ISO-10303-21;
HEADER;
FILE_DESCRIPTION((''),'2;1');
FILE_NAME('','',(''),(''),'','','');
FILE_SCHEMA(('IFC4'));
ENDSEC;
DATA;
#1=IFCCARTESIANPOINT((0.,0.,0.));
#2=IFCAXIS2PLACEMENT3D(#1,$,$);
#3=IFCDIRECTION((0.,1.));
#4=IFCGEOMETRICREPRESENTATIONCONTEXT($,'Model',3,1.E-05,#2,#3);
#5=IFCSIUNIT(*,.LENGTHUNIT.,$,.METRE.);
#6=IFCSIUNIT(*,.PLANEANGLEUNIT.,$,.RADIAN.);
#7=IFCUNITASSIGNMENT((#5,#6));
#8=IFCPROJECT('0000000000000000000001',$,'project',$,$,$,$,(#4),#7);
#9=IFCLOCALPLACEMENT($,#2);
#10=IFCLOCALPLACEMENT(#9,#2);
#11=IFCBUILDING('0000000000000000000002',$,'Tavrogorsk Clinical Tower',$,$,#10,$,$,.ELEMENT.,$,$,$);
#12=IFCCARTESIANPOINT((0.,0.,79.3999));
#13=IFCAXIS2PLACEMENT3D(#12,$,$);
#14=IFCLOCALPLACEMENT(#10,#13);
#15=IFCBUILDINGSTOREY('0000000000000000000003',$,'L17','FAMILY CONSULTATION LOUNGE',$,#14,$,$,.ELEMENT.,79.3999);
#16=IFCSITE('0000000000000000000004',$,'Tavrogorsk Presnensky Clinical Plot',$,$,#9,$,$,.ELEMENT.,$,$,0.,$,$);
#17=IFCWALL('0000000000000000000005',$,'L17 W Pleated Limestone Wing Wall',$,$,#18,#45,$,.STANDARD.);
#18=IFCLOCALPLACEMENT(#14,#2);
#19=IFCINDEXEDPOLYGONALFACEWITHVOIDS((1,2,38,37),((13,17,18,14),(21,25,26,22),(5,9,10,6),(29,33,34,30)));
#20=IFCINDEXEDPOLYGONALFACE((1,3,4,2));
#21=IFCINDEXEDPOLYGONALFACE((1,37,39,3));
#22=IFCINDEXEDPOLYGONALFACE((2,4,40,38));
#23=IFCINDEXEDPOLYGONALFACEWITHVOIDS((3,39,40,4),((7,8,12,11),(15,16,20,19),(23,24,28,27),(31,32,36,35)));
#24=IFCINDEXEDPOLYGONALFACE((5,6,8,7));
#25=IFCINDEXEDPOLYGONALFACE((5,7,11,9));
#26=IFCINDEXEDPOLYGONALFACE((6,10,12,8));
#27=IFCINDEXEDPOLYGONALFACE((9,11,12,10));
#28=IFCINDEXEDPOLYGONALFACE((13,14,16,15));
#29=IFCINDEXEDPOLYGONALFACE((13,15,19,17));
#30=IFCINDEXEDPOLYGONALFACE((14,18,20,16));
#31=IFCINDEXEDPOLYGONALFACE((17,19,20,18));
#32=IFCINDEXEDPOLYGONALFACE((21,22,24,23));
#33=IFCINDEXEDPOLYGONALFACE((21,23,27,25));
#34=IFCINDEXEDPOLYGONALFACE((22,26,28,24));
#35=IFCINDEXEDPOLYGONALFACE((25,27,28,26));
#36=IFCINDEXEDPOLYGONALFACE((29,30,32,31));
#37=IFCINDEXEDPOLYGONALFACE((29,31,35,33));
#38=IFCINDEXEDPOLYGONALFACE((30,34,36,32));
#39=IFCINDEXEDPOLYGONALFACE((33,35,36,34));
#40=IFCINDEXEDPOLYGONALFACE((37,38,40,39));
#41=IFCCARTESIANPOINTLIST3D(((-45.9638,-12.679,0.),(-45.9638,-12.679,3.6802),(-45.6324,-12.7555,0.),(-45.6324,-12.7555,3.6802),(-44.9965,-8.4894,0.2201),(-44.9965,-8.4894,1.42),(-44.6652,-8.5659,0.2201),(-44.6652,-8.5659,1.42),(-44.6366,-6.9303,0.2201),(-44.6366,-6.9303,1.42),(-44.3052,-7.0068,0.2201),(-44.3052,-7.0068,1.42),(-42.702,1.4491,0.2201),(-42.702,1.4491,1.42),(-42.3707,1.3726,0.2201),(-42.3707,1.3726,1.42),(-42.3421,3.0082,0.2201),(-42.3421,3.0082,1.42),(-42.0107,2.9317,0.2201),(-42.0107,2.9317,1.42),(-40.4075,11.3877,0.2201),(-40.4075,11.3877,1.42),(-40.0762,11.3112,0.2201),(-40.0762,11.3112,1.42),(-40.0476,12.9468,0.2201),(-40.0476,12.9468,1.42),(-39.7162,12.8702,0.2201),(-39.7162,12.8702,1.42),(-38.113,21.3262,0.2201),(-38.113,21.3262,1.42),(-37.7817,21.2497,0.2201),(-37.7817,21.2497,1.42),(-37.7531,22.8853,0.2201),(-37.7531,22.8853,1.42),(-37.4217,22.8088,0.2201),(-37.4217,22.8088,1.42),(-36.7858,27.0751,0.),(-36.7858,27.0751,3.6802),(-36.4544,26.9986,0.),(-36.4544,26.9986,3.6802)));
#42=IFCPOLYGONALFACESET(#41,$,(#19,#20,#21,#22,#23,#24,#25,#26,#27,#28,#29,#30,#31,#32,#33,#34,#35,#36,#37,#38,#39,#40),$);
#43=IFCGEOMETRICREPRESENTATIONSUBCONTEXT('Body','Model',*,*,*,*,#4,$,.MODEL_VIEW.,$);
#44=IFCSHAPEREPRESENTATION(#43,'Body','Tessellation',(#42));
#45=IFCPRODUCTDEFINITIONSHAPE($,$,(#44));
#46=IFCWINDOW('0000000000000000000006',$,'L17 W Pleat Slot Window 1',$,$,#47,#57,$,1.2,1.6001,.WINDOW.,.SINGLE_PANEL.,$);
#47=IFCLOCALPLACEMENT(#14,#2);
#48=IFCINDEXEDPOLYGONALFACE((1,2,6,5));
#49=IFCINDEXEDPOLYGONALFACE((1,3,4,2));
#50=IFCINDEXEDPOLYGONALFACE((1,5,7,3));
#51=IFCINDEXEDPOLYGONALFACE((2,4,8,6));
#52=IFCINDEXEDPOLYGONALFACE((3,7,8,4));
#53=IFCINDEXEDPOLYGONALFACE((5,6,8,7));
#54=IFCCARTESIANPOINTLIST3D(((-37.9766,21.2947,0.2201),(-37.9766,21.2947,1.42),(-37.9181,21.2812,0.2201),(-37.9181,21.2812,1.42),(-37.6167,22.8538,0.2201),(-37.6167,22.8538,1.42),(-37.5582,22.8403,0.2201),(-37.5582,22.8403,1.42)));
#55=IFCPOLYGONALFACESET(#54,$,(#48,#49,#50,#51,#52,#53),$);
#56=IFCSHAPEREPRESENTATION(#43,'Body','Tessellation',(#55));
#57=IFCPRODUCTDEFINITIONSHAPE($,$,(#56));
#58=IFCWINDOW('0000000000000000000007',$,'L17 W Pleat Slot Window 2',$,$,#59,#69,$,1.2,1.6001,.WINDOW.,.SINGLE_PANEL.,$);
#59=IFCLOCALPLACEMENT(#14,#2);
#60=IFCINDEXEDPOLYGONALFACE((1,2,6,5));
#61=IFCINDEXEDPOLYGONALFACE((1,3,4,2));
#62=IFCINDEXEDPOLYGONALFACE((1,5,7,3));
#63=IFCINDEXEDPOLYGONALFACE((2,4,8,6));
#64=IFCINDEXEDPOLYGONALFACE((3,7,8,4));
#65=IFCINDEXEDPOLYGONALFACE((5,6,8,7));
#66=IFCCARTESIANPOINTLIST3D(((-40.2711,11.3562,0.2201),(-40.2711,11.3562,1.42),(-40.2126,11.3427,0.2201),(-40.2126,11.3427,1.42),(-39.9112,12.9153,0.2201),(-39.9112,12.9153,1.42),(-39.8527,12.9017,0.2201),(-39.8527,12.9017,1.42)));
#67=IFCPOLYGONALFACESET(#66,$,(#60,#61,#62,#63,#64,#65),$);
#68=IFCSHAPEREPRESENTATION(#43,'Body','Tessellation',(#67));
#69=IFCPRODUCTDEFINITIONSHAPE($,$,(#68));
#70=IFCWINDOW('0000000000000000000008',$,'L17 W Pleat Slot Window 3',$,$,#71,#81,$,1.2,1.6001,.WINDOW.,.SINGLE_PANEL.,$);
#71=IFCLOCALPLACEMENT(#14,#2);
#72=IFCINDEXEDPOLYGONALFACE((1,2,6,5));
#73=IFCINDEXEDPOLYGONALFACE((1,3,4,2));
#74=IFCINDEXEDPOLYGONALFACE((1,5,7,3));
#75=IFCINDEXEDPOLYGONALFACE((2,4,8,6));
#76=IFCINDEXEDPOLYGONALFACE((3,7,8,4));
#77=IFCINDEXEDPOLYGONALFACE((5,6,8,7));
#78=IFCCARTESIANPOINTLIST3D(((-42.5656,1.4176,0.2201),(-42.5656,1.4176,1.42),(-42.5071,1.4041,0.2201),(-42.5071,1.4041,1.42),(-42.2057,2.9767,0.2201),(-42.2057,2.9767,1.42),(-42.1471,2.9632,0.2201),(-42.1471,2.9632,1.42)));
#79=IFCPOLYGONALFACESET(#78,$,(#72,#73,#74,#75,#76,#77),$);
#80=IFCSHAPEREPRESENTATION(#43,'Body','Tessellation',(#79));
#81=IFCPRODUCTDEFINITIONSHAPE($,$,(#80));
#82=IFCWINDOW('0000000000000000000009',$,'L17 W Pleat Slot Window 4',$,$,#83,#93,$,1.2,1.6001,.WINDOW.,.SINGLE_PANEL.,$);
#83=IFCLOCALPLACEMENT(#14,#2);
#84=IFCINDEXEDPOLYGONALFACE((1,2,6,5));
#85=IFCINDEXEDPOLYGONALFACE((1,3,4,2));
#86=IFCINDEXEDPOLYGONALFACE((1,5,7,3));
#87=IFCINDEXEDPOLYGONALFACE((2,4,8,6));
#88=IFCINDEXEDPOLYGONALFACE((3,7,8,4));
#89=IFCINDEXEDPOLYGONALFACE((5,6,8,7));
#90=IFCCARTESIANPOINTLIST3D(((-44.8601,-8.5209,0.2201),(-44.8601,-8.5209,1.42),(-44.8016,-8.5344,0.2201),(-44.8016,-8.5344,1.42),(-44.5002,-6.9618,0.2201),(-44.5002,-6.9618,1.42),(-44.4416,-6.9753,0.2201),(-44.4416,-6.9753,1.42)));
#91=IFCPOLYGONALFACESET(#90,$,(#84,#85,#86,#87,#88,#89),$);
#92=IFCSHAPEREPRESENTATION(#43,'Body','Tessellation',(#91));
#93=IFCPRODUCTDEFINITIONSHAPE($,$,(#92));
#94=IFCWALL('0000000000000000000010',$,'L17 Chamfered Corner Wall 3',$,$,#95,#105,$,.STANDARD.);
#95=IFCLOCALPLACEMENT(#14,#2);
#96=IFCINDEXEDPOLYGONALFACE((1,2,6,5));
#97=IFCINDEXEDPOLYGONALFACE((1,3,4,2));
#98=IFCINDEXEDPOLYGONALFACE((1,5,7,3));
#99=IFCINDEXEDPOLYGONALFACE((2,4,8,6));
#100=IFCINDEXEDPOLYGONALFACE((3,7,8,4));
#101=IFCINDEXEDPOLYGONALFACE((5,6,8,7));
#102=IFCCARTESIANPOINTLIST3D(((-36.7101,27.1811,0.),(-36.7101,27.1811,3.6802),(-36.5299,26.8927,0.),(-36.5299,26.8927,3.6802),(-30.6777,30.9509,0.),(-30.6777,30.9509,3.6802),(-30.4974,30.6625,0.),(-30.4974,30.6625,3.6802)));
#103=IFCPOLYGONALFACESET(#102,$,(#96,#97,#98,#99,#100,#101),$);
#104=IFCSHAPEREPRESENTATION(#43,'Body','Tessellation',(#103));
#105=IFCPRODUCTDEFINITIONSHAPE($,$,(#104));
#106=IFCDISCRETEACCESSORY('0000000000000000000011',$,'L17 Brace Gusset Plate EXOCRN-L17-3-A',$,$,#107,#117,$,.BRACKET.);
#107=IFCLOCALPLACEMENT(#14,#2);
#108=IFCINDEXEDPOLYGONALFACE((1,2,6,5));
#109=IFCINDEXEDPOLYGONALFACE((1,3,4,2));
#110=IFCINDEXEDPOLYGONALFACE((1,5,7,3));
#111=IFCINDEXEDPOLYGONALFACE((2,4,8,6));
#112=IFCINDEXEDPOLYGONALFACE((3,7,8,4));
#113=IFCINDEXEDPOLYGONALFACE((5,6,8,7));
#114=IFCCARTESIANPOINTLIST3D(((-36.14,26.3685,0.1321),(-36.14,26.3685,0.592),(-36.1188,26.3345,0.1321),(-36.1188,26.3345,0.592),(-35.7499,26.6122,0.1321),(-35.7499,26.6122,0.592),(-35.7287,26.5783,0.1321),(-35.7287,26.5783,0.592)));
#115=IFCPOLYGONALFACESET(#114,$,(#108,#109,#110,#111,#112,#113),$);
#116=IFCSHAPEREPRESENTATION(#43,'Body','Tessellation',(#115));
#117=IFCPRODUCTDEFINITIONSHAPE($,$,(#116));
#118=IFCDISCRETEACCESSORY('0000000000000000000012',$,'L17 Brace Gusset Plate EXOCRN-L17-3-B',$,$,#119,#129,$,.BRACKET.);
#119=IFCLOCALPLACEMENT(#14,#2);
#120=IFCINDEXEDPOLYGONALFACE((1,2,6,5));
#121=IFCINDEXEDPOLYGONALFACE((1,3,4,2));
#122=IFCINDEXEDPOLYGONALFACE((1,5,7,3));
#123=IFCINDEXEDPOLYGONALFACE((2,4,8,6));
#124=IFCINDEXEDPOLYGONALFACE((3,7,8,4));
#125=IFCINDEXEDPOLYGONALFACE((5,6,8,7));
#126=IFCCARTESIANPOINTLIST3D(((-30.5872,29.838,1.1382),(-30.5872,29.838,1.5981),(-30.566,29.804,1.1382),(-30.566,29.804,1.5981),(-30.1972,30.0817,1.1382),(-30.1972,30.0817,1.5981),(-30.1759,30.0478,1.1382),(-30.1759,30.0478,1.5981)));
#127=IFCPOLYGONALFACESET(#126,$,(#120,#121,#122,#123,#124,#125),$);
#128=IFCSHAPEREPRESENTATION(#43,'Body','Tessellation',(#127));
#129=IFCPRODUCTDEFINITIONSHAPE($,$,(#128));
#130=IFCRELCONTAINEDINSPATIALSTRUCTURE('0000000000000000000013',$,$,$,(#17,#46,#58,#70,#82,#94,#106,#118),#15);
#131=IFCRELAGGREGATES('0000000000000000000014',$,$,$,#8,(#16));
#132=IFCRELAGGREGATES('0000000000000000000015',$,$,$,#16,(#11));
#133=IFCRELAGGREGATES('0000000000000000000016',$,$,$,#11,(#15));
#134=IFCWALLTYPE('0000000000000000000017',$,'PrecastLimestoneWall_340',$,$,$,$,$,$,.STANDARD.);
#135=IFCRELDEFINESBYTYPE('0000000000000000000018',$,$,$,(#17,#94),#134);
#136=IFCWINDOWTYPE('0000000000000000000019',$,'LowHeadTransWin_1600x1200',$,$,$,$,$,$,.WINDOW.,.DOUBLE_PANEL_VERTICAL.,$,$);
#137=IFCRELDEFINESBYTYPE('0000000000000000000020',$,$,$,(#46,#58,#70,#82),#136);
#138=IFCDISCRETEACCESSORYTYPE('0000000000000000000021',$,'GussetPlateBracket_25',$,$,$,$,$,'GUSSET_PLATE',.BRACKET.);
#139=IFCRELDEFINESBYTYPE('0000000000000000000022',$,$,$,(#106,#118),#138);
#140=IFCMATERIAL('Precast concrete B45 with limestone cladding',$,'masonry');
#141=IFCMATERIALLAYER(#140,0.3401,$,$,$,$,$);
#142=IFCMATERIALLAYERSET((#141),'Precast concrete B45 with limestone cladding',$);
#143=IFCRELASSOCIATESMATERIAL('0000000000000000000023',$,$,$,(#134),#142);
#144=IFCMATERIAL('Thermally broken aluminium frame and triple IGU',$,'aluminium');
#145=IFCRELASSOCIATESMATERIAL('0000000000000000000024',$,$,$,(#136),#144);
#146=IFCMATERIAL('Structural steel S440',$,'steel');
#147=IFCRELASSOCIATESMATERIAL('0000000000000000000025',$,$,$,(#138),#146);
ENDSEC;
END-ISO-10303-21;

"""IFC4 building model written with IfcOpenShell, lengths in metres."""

from ifc_helpers import new_model, si_unit, direction, frame, frame_2d, origin, origin_2d, place, context, subcontext, project, spatial, rectangle, extrude, material, layer, layer_set, type_object, element, fill, save


model = new_model("IFC4")

# Units and contexts
model_context = context("Model", 3, precision=1e-05, world=origin(), true_north=direction((0.0, 1.0)))
body_context = subcontext(model_context, "Body", "Model", "MODEL_VIEW")
ifc_project = project(units=[si_unit("LENGTHUNIT", "METRE"), si_unit("PLANEANGLEUNIT", "RADIAN")], contexts=[model_context])

# Site, building, storey
site_placement = place(None, origin())
site = spatial("IfcSite", under=ifc_project, at=site_placement, Name="Tavrogorsk Presnensky Clinical Plot", CompositionType="ELEMENT", RefElevation=0.0)
building_placement = place(site_placement, origin())
building = spatial("IfcBuilding", under=site, at=building_placement, Name="Tavrogorsk Clinical Tower", CompositionType="ELEMENT")
storey_placement = place(building_placement, frame((0.0, 0.0, 79.3999)))
storey = spatial("IfcBuildingStorey", under=building, at=storey_placement, Name="L17", Description="FAMILY CONSULTATION LOUNGE", CompositionType="ELEMENT", Elevation=79.3999)

# Wall, openings, windows
ifc_material_1 = material(Name="Precast concrete B45 with limestone cladding", Category="masonry")
ifc_layer_1 = layer(ifc_material_1, 0.3401)
ifc_layer_set_1 = layer_set([ifc_layer_1], Name="Precast concrete B45 with limestone cladding")
wall_type_1 = type_object("IfcWallType", Name="PrecastLimestoneWall_340", PredefinedType="STANDARD", material=ifc_layer_set_1)
wall_1_placement = place(storey_placement, frame((-36.6201, 27.0369, 0.0), z_axis=(0.0, 0.0, 1.0), x_axis=(-0.224951, -0.97437, 0.0)))
wall_1 = element("IfcWall", 1, at=wall_1_placement, inside=storey, type_object=wall_type_1, Name="L17 W Pleated Limestone Wing Wall", PredefinedType="STANDARD", context=body_context, shape_type="SweptSolid", body=[
    extrude(rectangle(XDim=40.7998, YDim=0.3401, at=frame_2d((20.3999, 0.0))), origin(), (0.0, 0.0, 1.0), 3.6802),
])
opening_1_placement = place(wall_1_placement, frame((4.3, 0.0, 0.22)))
opening_1 = element("IfcOpeningElement", 2, at=opening_1_placement, cuts=wall_1, PredefinedType="OPENING", context=body_context, shape_type="SweptSolid", body=[
    extrude(rectangle(XDim=1.6001, YDim=1.2, at=frame_2d((0.8, 0.6001))), frame((0.0, 0.1799, 0.0), z_axis=(0.0, -1.0, 0.0), x_axis=(1.0, 0.0, 0.0)), (0.0, 0.0, 1.0), 0.3601),
])
opening_2_placement = place(wall_1_placement, frame((14.5, 0.0, 0.22)))
opening_2 = element("IfcOpeningElement", 3, at=opening_2_placement, cuts=wall_1, PredefinedType="OPENING", context=body_context, shape_type="SweptSolid", body=[
    extrude(rectangle(XDim=1.6001, YDim=1.2, at=frame_2d((0.8, 0.6001))), frame((0.0, 0.1799, 0.0), z_axis=(0.0, -1.0, 0.0), x_axis=(1.0, 0.0, 0.0)), (0.0, 0.0, 1.0), 0.3601),
])
opening_3_placement = place(wall_1_placement, frame((24.7, 0.0, 0.22)))
opening_3 = element("IfcOpeningElement", 4, at=opening_3_placement, cuts=wall_1, PredefinedType="OPENING", context=body_context, shape_type="SweptSolid", body=[
    extrude(rectangle(XDim=1.6001, YDim=1.2, at=frame_2d((0.8, 0.6001))), frame((0.0, 0.1799, 0.0), z_axis=(0.0, -1.0, 0.0), x_axis=(1.0, 0.0, 0.0)), (0.0, 0.0, 1.0), 0.3601),
])
opening_4_placement = place(wall_1_placement, frame((34.8999, 0.0, 0.22)))
opening_4 = element("IfcOpeningElement", 5, at=opening_4_placement, cuts=wall_1, PredefinedType="OPENING", context=body_context, shape_type="SweptSolid", body=[
    extrude(rectangle(XDim=1.6001, YDim=1.2, at=frame_2d((0.8, 0.6001))), frame((0.0, 0.1799, 0.0), z_axis=(0.0, -1.0, 0.0), x_axis=(1.0, 0.0, 0.0)), (0.0, 0.0, 1.0), 0.3601),
])
ifc_material_2 = material(Name="Thermally broken aluminium frame and triple IGU", Category="aluminium")
window_type = type_object("IfcWindowType", Name="LowHeadTransWin_1600x1200", PartitioningType="DOUBLE_PANEL_VERTICAL", PredefinedType="WINDOW", material=ifc_material_2)
window_1_placement = place(opening_1_placement, origin())
window_1 = element("IfcWindow", 6, at=window_1_placement, inside=storey, type_object=window_type, Name="L17 W Pleat Slot Window 1", OverallHeight=1.2, OverallWidth=1.6001, PartitioningType="SINGLE_PANEL", PredefinedType="WINDOW", context=body_context, shape_type="SweptSolid", body=[
    extrude(rectangle(XDim=1.6001, YDim=1.2, at=frame_2d((0.8, 0.6001))), frame((0.0, 0.03, 0.0), z_axis=(0.0, -1.0, 0.0), x_axis=(1.0, 0.0, 0.0)), (0.0, 0.0, 1.0), 0.0601),
])
fill(opening_1, window_1)
window_2_placement = place(opening_2_placement, origin())
window_2 = element("IfcWindow", 7, at=window_2_placement, inside=storey, type_object=window_type, Name="L17 W Pleat Slot Window 2", OverallHeight=1.2, OverallWidth=1.6001, PartitioningType="SINGLE_PANEL", PredefinedType="WINDOW", context=body_context, shape_type="SweptSolid", body=[
    extrude(rectangle(XDim=1.6001, YDim=1.2, at=frame_2d((0.8, 0.6001))), frame((0.0, 0.03, 0.0), z_axis=(0.0, -1.0, 0.0), x_axis=(1.0, 0.0, 0.0)), (0.0, 0.0, 1.0), 0.0601),
])
fill(opening_2, window_2)
window_3_placement = place(opening_3_placement, origin())
window_3 = element("IfcWindow", 8, at=window_3_placement, inside=storey, type_object=window_type, Name="L17 W Pleat Slot Window 3", OverallHeight=1.2, OverallWidth=1.6001, PartitioningType="SINGLE_PANEL", PredefinedType="WINDOW", context=body_context, shape_type="SweptSolid", body=[
    extrude(rectangle(XDim=1.6001, YDim=1.2, at=frame_2d((0.8, 0.6001))), frame((0.0, 0.03, 0.0), z_axis=(0.0, -1.0, 0.0), x_axis=(1.0, 0.0, 0.0)), (0.0, 0.0, 1.0), 0.0601),
])
fill(opening_3, window_3)
window_4_placement = place(opening_4_placement, origin())
window_4 = element("IfcWindow", 9, at=window_4_placement, inside=storey, type_object=window_type, Name="L17 W Pleat Slot Window 4", OverallHeight=1.2, OverallWidth=1.6001, PartitioningType="SINGLE_PANEL", PredefinedType="WINDOW", context=body_context, shape_type="SweptSolid", body=[
    extrude(rectangle(XDim=1.6001, YDim=1.2, at=frame_2d((0.8, 0.6001))), frame((0.0, 0.03, 0.0), z_axis=(0.0, -1.0, 0.0), x_axis=(1.0, 0.0, 0.0)), (0.0, 0.0, 1.0), 0.0601),
])
fill(opening_4, window_4)

# Wall
wall_2_placement = place(storey_placement, frame((-30.5876, 30.8066, 0.0), z_axis=(0.0, 0.0, 1.0), x_axis=(-0.848031, -0.529946, 0.0)))
element("IfcWall", 10, at=wall_2_placement, inside=storey, type_object=wall_type_1, Name="L17 Chamfered Corner Wall 3", PredefinedType="STANDARD", context=body_context, shape_type="SweptSolid", body=[
    extrude(rectangle(XDim=7.1135, YDim=0.3401, at=frame_2d((3.5566, 0.0))), origin(), (0.0, 0.0, 1.0), 3.6802),
])

# Discrete accessories
ifc_material_3 = material(Name="Structural steel S440", Category="steel")
discrete_accessory_type = type_object("IfcDiscreteAccessoryType", Name="GussetPlateBracket_25", ElementType="GUSSET_PLATE", PredefinedType="BRACKET", material=ifc_material_3)
for number, where, z_axis, x_axis, name in (
    (11, (-35.9343, 26.4734, 0.1321), (0.0, 0.0, 1.0), (0.848048, 0.529919, 0.0), "L17 Brace Gusset Plate EXOCRN-L17-3-A"),
    (12, (-30.3816, 29.9429, 1.1382), (0.0, 0.0, 1.0), (0.848048, 0.529919, 0.0), "L17 Brace Gusset Plate EXOCRN-L17-3-B"),
):
    element("IfcDiscreteAccessory", number, at=place(storey_placement, frame(where, z_axis=z_axis, x_axis=x_axis)), inside=storey, type_object=discrete_accessory_type, Name=name, PredefinedType="BRACKET", context=body_context, shape_type="SweptSolid", body=[
        extrude(rectangle(XDim=0.46, YDim=0.04, at=origin_2d()), origin(), (0.0, 0.0, 1.0), 0.46),
    ])

save(model, "model.ifc")
